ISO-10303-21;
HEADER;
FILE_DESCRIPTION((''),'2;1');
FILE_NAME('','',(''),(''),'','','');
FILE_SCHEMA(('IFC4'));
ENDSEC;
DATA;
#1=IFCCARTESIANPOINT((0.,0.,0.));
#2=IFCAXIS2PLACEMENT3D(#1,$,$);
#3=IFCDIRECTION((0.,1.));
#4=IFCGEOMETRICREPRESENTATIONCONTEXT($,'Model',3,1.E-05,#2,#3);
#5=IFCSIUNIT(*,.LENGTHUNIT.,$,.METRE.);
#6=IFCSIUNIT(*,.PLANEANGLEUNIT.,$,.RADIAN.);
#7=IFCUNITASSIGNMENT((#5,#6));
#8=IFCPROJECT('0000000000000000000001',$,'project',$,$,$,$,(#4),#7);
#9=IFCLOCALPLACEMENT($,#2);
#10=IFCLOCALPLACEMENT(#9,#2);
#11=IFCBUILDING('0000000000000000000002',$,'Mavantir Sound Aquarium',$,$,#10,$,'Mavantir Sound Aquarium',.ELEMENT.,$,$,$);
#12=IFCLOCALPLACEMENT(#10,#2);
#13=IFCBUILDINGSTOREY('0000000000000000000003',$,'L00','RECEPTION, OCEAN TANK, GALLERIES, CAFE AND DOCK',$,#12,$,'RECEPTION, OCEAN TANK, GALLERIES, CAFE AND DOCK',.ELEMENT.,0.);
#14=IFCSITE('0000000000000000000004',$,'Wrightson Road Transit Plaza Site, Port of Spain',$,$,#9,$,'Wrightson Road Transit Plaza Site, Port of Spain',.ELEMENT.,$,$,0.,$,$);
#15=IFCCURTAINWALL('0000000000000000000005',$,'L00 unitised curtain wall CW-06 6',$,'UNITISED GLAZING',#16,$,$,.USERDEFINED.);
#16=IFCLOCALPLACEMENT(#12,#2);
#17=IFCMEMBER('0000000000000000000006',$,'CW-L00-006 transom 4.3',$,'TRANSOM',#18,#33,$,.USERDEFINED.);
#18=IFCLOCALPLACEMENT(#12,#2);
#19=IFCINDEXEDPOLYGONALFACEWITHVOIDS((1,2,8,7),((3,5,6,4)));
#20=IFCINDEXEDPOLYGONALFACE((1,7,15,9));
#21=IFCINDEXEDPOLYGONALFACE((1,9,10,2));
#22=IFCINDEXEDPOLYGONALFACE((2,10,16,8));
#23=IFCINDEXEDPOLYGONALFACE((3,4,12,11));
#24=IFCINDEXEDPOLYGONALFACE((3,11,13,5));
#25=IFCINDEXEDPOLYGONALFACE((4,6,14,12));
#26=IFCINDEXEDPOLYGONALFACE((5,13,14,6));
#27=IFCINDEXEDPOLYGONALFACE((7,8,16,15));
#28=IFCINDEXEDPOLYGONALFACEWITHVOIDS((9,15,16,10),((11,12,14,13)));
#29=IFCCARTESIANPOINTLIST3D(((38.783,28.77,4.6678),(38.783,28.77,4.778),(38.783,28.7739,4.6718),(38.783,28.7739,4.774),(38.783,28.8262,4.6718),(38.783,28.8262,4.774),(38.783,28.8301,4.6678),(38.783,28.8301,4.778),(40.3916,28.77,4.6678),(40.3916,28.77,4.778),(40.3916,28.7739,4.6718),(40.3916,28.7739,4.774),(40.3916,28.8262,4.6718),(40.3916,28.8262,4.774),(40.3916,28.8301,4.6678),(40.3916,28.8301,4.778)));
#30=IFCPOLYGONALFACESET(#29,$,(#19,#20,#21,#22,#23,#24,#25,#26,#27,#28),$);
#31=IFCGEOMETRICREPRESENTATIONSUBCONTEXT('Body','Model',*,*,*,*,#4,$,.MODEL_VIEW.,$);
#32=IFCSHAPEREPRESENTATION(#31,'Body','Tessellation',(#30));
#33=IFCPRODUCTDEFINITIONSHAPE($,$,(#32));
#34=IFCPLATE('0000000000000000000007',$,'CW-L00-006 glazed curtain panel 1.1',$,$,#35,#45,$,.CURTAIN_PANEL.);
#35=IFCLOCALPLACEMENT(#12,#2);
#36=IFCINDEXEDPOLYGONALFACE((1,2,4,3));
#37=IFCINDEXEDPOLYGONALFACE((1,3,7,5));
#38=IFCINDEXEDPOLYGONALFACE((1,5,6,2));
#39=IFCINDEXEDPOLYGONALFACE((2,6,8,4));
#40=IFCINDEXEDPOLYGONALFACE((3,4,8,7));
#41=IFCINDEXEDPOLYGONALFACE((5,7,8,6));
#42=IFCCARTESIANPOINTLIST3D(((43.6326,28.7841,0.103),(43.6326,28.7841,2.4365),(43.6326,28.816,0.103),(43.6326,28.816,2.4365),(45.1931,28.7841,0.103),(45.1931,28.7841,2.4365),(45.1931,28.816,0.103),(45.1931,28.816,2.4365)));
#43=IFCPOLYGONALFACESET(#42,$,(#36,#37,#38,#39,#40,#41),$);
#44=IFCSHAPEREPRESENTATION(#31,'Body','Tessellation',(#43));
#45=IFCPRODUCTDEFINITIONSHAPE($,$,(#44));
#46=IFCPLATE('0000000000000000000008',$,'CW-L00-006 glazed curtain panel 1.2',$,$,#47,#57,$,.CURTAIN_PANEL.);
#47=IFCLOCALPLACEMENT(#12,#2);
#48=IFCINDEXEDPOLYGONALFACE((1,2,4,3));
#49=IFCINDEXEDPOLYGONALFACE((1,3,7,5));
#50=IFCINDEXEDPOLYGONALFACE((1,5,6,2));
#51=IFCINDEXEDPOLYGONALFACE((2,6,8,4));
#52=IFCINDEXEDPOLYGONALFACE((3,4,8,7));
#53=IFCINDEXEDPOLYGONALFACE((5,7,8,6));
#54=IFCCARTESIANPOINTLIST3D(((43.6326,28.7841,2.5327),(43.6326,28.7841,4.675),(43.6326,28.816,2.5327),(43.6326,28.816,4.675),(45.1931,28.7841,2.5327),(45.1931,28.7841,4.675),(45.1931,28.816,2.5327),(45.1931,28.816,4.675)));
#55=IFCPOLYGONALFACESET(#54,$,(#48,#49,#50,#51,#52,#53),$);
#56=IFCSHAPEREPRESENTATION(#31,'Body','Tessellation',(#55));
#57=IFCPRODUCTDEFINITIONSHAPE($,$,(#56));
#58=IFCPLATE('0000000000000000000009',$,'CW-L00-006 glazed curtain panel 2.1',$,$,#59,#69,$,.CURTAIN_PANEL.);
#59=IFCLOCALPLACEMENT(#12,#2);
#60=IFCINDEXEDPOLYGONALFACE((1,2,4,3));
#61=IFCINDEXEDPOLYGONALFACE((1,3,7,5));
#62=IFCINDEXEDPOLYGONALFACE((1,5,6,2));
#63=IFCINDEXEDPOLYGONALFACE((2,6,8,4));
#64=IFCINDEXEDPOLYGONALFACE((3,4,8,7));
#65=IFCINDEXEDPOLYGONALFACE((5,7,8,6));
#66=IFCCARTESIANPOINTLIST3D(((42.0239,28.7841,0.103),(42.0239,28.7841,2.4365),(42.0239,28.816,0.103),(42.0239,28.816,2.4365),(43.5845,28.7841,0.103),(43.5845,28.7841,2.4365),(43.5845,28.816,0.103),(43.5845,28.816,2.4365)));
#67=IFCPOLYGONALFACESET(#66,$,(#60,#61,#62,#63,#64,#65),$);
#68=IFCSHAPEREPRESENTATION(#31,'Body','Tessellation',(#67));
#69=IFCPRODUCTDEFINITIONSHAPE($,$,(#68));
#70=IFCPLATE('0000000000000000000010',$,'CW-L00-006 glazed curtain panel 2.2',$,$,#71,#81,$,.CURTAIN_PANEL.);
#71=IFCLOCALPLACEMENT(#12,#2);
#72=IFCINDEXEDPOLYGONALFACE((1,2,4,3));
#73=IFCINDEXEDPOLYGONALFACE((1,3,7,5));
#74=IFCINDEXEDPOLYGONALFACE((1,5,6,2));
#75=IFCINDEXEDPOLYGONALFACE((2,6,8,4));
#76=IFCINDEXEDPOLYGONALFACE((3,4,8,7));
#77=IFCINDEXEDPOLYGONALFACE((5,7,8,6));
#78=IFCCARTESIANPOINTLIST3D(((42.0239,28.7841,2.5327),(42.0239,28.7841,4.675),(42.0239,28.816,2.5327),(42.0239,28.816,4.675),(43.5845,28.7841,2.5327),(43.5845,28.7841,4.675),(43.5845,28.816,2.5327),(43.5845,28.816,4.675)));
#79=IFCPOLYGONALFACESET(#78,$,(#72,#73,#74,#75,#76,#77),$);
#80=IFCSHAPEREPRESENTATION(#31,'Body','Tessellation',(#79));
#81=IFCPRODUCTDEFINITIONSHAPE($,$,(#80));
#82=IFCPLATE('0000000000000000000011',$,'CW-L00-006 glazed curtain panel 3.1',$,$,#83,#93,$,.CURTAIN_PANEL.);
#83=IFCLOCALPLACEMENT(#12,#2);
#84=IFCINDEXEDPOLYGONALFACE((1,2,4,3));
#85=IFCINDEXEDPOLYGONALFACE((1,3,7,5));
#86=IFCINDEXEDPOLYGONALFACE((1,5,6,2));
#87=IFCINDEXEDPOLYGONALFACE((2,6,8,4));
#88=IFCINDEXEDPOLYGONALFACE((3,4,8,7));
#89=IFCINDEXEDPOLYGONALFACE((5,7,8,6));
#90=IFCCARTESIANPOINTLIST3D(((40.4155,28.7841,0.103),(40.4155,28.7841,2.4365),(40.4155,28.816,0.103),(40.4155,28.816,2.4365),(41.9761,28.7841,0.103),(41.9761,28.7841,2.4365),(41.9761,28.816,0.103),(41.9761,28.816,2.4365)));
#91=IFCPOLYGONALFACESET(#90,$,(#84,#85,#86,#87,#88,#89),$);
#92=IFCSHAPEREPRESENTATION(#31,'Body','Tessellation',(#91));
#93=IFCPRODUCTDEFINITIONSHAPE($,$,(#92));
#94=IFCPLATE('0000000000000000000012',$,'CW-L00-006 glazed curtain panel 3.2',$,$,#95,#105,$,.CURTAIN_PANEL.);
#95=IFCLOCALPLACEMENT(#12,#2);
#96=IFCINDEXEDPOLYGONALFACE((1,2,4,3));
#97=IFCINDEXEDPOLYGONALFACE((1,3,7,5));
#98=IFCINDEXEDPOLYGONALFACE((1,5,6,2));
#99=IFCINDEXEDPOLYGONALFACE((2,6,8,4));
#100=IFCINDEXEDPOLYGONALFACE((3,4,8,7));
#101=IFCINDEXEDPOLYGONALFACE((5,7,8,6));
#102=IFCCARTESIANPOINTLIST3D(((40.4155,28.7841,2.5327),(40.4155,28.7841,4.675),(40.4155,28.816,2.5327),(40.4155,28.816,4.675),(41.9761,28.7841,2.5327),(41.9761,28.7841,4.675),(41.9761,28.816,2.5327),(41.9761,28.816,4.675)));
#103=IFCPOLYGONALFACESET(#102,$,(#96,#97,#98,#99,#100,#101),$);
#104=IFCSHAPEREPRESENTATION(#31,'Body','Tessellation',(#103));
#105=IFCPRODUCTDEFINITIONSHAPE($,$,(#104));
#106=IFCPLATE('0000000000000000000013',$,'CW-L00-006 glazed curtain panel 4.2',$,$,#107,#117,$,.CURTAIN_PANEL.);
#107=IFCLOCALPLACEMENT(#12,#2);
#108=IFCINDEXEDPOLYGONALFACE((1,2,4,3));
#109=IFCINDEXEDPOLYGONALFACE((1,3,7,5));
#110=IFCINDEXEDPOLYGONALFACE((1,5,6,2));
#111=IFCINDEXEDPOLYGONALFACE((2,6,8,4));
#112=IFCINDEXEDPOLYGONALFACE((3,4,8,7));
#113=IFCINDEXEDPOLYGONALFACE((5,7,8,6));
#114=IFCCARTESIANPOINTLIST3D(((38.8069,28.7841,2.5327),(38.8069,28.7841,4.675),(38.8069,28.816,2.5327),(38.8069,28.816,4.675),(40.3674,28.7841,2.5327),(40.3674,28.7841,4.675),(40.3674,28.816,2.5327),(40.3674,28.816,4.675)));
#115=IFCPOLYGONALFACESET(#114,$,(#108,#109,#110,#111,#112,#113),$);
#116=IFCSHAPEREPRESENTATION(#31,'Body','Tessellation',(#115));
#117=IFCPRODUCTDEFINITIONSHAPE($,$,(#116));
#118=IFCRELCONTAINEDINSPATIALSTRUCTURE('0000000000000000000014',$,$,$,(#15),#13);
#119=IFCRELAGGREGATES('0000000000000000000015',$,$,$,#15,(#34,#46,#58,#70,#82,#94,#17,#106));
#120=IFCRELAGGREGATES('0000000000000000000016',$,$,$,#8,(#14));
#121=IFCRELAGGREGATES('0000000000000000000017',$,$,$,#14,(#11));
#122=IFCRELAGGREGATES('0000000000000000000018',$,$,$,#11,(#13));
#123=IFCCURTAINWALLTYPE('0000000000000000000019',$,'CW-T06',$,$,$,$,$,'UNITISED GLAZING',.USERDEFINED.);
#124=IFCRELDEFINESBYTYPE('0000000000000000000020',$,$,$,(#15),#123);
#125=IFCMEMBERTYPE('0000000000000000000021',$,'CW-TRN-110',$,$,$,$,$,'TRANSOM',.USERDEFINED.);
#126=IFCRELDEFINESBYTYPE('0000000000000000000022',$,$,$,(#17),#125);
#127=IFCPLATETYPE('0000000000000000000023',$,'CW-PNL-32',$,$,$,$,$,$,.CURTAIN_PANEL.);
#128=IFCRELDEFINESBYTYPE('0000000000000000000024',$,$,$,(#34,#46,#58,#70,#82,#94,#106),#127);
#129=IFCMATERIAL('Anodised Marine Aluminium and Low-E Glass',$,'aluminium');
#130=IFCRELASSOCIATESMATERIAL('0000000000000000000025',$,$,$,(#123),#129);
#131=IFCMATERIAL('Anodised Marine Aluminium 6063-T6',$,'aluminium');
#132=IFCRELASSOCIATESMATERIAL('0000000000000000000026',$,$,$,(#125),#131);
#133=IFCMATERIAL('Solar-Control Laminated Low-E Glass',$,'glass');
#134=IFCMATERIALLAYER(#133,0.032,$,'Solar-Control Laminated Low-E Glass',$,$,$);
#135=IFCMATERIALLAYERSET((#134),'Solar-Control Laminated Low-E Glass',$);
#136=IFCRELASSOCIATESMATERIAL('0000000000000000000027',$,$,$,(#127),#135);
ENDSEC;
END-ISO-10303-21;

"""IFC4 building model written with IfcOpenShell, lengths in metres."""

from ifc_helpers import new_model, si_unit, direction, frame, origin, origin_2d, place, context, subcontext, project, spatial, rectangle, hollow_rectangle, extrude, material, layer, layer_set, material_profile, profile_set, type_object, element, aggregate, save


model = new_model("IFC4")

# Units and contexts
model_context = context("Model", 3, precision=1e-05, world=origin(), true_north=direction((0.0, 1.0)))
body_context = subcontext(model_context, "Body", "Model", "MODEL_VIEW")
ifc_project = project(units=[si_unit("LENGTHUNIT", "METRE"), si_unit("PLANEANGLEUNIT", "RADIAN")], contexts=[model_context])

# Site, building, storey
site_placement = place(None, origin())
site = spatial("IfcSite", under=ifc_project, at=site_placement, Name="Wrightson Road Transit Plaza Site, Port of Spain", LongName="Wrightson Road Transit Plaza Site, Port of Spain", CompositionType="ELEMENT", RefElevation=0.0)
building_placement = place(site_placement, origin())
building = spatial("IfcBuilding", under=site, at=building_placement, Name="Mavantir Sound Aquarium", LongName="Mavantir Sound Aquarium", CompositionType="ELEMENT")
storey_placement = place(building_placement, origin())
storey = spatial("IfcBuildingStorey", under=building, at=storey_placement, Name="L00", Description="RECEPTION, OCEAN TANK, GALLERIES, CAFE AND DOCK", LongName="RECEPTION, OCEAN TANK, GALLERIES, CAFE AND DOCK", CompositionType="ELEMENT", Elevation=0.0)

# Curtain wall, member, plates
ifc_material_1 = material(Name="Anodised Marine Aluminium and Low-E Glass", Category="aluminium")
curtain_wall_type = type_object("IfcCurtainWallType", Name="CW-T06", ElementType="UNITISED GLAZING", PredefinedType="USERDEFINED", material=ifc_material_1)
curtain_wall_placement = place(storey_placement, origin())
curtain_wall = element("IfcCurtainWall", 1, at=curtain_wall_placement, inside=storey, type_object=curtain_wall_type, Name="L00 unitised curtain wall CW-06 6", ObjectType="UNITISED GLAZING", PredefinedType="USERDEFINED")
ifc_material_2 = material(Name="Anodised Marine Aluminium 6063-T6", Category="aluminium")
ifc_material_profile_1 = material_profile(ifc_material_2, hollow_rectangle(XDim=0.0601, YDim=0.1101, WallThickness=0.0039, at=origin_2d()), Name="ALU-TRANSOM-110X60")
ifc_profile_set_1 = profile_set([ifc_material_profile_1], Name="Anodised Marine Aluminium 6063-T6")
member_type_1 = type_object("IfcMemberType", Name="CW-TRN-110", ElementType="TRANSOM", PredefinedType="USERDEFINED", material=ifc_profile_set_1)
member_1_placement = place(storey_placement, frame((40.3916, 28.8, 4.7229), z_axis=(-1.0, 0.0, 0.0), x_axis=(0.0, -1.0, 0.0)))
member_1 = element("IfcMember", 2, at=member_1_placement, type_object=member_type_1, Name="CW-L00-006 transom 4.3", ObjectType="TRANSOM", PredefinedType="USERDEFINED", context=body_context, shape_type="SweptSolid", body=[
    extrude(hollow_rectangle(XDim=0.0601, YDim=0.1101, WallThickness=0.0039, at=origin_2d()), origin(), (0.0, 0.0, 1.0), 1.6086),
])
ifc_material_3 = material(Name="Solar-Control Laminated Low-E Glass", Category="glass")
ifc_layer = layer(ifc_material_3, 0.032, Name="Solar-Control Laminated Low-E Glass")
ifc_layer_set = layer_set([ifc_layer], Name="Solar-Control Laminated Low-E Glass")
plate_type = type_object("IfcPlateType", Name="CW-PNL-32", PredefinedType="CURTAIN_PANEL", material=ifc_layer_set)
plate_1_placement = place(storey_placement, frame((44.4128, 28.8, 0.103), z_axis=(0.0, 0.0, 1.0), x_axis=(-1.0, 0.0, 0.0)))
plate_1 = element("IfcPlate", 3, at=plate_1_placement, type_object=plate_type, Name="CW-L00-006 glazed curtain panel 1.1", PredefinedType="CURTAIN_PANEL", context=body_context, shape_type="SweptSolid", body=[
    extrude(rectangle(XDim=1.5605, YDim=0.032, at=origin_2d()), origin(), (0.0, 0.0, 1.0), 2.3335),
])
plate_2_placement = place(storey_placement, frame((44.4128, 28.8, 2.5327), z_axis=(0.0, 0.0, 1.0), x_axis=(-1.0, 0.0, 0.0)))
plate_2 = element("IfcPlate", 4, at=plate_2_placement, type_object=plate_type, Name="CW-L00-006 glazed curtain panel 1.2", PredefinedType="CURTAIN_PANEL", context=body_context, shape_type="SweptSolid", body=[
    extrude(rectangle(XDim=1.5605, YDim=0.032, at=origin_2d()), origin(), (0.0, 0.0, 1.0), 2.1423),
])
plate_3_placement = place(storey_placement, frame((42.8042, 28.8, 0.103), z_axis=(0.0, 0.0, 1.0), x_axis=(-1.0, 0.0, 0.0)))
plate_3 = element("IfcPlate", 5, at=plate_3_placement, type_object=plate_type, Name="CW-L00-006 glazed curtain panel 2.1", PredefinedType="CURTAIN_PANEL", context=body_context, shape_type="SweptSolid", body=[
    extrude(rectangle(XDim=1.5605, YDim=0.032, at=origin_2d()), origin(), (0.0, 0.0, 1.0), 2.3335),
])
plate_4_placement = place(storey_placement, frame((42.8042, 28.8, 2.5327), z_axis=(0.0, 0.0, 1.0), x_axis=(-1.0, 0.0, 0.0)))
plate_4 = element("IfcPlate", 6, at=plate_4_placement, type_object=plate_type, Name="CW-L00-006 glazed curtain panel 2.2", PredefinedType="CURTAIN_PANEL", context=body_context, shape_type="SweptSolid", body=[
    extrude(rectangle(XDim=1.5605, YDim=0.032, at=origin_2d()), origin(), (0.0, 0.0, 1.0), 2.1423),
])
plate_5_placement = place(storey_placement, frame((41.1958, 28.8, 0.103), z_axis=(0.0, 0.0, 1.0), x_axis=(-1.0, 0.0, 0.0)))
plate_5 = element("IfcPlate", 7, at=plate_5_placement, type_object=plate_type, Name="CW-L00-006 glazed curtain panel 3.1", PredefinedType="CURTAIN_PANEL", context=body_context, shape_type="SweptSolid", body=[
    extrude(rectangle(XDim=1.5605, YDim=0.032, at=origin_2d()), origin(), (0.0, 0.0, 1.0), 2.3335),
])
plate_6_placement = place(storey_placement, frame((41.1958, 28.8, 2.5327), z_axis=(0.0, 0.0, 1.0), x_axis=(-1.0, 0.0, 0.0)))
plate_6 = element("IfcPlate", 8, at=plate_6_placement, type_object=plate_type, Name="CW-L00-006 glazed curtain panel 3.2", PredefinedType="CURTAIN_PANEL", context=body_context, shape_type="SweptSolid", body=[
    extrude(rectangle(XDim=1.5605, YDim=0.032, at=origin_2d()), origin(), (0.0, 0.0, 1.0), 2.1423),
])
plate_7_placement = place(storey_placement, frame((39.5872, 28.8, 2.5327), z_axis=(0.0, 0.0, 1.0), x_axis=(-1.0, 0.0, 0.0)))
plate_7 = element("IfcPlate", 9, at=plate_7_placement, type_object=plate_type, Name="CW-L00-006 glazed curtain panel 4.2", PredefinedType="CURTAIN_PANEL", context=body_context, shape_type="SweptSolid", body=[
    extrude(rectangle(XDim=1.5605, YDim=0.032, at=origin_2d()), origin(), (0.0, 0.0, 1.0), 2.1423),
])
aggregate(curtain_wall, [plate_1, plate_2, plate_3, plate_4, plate_5, plate_6, member_1, plate_7])

save(model, "model.ifc")
